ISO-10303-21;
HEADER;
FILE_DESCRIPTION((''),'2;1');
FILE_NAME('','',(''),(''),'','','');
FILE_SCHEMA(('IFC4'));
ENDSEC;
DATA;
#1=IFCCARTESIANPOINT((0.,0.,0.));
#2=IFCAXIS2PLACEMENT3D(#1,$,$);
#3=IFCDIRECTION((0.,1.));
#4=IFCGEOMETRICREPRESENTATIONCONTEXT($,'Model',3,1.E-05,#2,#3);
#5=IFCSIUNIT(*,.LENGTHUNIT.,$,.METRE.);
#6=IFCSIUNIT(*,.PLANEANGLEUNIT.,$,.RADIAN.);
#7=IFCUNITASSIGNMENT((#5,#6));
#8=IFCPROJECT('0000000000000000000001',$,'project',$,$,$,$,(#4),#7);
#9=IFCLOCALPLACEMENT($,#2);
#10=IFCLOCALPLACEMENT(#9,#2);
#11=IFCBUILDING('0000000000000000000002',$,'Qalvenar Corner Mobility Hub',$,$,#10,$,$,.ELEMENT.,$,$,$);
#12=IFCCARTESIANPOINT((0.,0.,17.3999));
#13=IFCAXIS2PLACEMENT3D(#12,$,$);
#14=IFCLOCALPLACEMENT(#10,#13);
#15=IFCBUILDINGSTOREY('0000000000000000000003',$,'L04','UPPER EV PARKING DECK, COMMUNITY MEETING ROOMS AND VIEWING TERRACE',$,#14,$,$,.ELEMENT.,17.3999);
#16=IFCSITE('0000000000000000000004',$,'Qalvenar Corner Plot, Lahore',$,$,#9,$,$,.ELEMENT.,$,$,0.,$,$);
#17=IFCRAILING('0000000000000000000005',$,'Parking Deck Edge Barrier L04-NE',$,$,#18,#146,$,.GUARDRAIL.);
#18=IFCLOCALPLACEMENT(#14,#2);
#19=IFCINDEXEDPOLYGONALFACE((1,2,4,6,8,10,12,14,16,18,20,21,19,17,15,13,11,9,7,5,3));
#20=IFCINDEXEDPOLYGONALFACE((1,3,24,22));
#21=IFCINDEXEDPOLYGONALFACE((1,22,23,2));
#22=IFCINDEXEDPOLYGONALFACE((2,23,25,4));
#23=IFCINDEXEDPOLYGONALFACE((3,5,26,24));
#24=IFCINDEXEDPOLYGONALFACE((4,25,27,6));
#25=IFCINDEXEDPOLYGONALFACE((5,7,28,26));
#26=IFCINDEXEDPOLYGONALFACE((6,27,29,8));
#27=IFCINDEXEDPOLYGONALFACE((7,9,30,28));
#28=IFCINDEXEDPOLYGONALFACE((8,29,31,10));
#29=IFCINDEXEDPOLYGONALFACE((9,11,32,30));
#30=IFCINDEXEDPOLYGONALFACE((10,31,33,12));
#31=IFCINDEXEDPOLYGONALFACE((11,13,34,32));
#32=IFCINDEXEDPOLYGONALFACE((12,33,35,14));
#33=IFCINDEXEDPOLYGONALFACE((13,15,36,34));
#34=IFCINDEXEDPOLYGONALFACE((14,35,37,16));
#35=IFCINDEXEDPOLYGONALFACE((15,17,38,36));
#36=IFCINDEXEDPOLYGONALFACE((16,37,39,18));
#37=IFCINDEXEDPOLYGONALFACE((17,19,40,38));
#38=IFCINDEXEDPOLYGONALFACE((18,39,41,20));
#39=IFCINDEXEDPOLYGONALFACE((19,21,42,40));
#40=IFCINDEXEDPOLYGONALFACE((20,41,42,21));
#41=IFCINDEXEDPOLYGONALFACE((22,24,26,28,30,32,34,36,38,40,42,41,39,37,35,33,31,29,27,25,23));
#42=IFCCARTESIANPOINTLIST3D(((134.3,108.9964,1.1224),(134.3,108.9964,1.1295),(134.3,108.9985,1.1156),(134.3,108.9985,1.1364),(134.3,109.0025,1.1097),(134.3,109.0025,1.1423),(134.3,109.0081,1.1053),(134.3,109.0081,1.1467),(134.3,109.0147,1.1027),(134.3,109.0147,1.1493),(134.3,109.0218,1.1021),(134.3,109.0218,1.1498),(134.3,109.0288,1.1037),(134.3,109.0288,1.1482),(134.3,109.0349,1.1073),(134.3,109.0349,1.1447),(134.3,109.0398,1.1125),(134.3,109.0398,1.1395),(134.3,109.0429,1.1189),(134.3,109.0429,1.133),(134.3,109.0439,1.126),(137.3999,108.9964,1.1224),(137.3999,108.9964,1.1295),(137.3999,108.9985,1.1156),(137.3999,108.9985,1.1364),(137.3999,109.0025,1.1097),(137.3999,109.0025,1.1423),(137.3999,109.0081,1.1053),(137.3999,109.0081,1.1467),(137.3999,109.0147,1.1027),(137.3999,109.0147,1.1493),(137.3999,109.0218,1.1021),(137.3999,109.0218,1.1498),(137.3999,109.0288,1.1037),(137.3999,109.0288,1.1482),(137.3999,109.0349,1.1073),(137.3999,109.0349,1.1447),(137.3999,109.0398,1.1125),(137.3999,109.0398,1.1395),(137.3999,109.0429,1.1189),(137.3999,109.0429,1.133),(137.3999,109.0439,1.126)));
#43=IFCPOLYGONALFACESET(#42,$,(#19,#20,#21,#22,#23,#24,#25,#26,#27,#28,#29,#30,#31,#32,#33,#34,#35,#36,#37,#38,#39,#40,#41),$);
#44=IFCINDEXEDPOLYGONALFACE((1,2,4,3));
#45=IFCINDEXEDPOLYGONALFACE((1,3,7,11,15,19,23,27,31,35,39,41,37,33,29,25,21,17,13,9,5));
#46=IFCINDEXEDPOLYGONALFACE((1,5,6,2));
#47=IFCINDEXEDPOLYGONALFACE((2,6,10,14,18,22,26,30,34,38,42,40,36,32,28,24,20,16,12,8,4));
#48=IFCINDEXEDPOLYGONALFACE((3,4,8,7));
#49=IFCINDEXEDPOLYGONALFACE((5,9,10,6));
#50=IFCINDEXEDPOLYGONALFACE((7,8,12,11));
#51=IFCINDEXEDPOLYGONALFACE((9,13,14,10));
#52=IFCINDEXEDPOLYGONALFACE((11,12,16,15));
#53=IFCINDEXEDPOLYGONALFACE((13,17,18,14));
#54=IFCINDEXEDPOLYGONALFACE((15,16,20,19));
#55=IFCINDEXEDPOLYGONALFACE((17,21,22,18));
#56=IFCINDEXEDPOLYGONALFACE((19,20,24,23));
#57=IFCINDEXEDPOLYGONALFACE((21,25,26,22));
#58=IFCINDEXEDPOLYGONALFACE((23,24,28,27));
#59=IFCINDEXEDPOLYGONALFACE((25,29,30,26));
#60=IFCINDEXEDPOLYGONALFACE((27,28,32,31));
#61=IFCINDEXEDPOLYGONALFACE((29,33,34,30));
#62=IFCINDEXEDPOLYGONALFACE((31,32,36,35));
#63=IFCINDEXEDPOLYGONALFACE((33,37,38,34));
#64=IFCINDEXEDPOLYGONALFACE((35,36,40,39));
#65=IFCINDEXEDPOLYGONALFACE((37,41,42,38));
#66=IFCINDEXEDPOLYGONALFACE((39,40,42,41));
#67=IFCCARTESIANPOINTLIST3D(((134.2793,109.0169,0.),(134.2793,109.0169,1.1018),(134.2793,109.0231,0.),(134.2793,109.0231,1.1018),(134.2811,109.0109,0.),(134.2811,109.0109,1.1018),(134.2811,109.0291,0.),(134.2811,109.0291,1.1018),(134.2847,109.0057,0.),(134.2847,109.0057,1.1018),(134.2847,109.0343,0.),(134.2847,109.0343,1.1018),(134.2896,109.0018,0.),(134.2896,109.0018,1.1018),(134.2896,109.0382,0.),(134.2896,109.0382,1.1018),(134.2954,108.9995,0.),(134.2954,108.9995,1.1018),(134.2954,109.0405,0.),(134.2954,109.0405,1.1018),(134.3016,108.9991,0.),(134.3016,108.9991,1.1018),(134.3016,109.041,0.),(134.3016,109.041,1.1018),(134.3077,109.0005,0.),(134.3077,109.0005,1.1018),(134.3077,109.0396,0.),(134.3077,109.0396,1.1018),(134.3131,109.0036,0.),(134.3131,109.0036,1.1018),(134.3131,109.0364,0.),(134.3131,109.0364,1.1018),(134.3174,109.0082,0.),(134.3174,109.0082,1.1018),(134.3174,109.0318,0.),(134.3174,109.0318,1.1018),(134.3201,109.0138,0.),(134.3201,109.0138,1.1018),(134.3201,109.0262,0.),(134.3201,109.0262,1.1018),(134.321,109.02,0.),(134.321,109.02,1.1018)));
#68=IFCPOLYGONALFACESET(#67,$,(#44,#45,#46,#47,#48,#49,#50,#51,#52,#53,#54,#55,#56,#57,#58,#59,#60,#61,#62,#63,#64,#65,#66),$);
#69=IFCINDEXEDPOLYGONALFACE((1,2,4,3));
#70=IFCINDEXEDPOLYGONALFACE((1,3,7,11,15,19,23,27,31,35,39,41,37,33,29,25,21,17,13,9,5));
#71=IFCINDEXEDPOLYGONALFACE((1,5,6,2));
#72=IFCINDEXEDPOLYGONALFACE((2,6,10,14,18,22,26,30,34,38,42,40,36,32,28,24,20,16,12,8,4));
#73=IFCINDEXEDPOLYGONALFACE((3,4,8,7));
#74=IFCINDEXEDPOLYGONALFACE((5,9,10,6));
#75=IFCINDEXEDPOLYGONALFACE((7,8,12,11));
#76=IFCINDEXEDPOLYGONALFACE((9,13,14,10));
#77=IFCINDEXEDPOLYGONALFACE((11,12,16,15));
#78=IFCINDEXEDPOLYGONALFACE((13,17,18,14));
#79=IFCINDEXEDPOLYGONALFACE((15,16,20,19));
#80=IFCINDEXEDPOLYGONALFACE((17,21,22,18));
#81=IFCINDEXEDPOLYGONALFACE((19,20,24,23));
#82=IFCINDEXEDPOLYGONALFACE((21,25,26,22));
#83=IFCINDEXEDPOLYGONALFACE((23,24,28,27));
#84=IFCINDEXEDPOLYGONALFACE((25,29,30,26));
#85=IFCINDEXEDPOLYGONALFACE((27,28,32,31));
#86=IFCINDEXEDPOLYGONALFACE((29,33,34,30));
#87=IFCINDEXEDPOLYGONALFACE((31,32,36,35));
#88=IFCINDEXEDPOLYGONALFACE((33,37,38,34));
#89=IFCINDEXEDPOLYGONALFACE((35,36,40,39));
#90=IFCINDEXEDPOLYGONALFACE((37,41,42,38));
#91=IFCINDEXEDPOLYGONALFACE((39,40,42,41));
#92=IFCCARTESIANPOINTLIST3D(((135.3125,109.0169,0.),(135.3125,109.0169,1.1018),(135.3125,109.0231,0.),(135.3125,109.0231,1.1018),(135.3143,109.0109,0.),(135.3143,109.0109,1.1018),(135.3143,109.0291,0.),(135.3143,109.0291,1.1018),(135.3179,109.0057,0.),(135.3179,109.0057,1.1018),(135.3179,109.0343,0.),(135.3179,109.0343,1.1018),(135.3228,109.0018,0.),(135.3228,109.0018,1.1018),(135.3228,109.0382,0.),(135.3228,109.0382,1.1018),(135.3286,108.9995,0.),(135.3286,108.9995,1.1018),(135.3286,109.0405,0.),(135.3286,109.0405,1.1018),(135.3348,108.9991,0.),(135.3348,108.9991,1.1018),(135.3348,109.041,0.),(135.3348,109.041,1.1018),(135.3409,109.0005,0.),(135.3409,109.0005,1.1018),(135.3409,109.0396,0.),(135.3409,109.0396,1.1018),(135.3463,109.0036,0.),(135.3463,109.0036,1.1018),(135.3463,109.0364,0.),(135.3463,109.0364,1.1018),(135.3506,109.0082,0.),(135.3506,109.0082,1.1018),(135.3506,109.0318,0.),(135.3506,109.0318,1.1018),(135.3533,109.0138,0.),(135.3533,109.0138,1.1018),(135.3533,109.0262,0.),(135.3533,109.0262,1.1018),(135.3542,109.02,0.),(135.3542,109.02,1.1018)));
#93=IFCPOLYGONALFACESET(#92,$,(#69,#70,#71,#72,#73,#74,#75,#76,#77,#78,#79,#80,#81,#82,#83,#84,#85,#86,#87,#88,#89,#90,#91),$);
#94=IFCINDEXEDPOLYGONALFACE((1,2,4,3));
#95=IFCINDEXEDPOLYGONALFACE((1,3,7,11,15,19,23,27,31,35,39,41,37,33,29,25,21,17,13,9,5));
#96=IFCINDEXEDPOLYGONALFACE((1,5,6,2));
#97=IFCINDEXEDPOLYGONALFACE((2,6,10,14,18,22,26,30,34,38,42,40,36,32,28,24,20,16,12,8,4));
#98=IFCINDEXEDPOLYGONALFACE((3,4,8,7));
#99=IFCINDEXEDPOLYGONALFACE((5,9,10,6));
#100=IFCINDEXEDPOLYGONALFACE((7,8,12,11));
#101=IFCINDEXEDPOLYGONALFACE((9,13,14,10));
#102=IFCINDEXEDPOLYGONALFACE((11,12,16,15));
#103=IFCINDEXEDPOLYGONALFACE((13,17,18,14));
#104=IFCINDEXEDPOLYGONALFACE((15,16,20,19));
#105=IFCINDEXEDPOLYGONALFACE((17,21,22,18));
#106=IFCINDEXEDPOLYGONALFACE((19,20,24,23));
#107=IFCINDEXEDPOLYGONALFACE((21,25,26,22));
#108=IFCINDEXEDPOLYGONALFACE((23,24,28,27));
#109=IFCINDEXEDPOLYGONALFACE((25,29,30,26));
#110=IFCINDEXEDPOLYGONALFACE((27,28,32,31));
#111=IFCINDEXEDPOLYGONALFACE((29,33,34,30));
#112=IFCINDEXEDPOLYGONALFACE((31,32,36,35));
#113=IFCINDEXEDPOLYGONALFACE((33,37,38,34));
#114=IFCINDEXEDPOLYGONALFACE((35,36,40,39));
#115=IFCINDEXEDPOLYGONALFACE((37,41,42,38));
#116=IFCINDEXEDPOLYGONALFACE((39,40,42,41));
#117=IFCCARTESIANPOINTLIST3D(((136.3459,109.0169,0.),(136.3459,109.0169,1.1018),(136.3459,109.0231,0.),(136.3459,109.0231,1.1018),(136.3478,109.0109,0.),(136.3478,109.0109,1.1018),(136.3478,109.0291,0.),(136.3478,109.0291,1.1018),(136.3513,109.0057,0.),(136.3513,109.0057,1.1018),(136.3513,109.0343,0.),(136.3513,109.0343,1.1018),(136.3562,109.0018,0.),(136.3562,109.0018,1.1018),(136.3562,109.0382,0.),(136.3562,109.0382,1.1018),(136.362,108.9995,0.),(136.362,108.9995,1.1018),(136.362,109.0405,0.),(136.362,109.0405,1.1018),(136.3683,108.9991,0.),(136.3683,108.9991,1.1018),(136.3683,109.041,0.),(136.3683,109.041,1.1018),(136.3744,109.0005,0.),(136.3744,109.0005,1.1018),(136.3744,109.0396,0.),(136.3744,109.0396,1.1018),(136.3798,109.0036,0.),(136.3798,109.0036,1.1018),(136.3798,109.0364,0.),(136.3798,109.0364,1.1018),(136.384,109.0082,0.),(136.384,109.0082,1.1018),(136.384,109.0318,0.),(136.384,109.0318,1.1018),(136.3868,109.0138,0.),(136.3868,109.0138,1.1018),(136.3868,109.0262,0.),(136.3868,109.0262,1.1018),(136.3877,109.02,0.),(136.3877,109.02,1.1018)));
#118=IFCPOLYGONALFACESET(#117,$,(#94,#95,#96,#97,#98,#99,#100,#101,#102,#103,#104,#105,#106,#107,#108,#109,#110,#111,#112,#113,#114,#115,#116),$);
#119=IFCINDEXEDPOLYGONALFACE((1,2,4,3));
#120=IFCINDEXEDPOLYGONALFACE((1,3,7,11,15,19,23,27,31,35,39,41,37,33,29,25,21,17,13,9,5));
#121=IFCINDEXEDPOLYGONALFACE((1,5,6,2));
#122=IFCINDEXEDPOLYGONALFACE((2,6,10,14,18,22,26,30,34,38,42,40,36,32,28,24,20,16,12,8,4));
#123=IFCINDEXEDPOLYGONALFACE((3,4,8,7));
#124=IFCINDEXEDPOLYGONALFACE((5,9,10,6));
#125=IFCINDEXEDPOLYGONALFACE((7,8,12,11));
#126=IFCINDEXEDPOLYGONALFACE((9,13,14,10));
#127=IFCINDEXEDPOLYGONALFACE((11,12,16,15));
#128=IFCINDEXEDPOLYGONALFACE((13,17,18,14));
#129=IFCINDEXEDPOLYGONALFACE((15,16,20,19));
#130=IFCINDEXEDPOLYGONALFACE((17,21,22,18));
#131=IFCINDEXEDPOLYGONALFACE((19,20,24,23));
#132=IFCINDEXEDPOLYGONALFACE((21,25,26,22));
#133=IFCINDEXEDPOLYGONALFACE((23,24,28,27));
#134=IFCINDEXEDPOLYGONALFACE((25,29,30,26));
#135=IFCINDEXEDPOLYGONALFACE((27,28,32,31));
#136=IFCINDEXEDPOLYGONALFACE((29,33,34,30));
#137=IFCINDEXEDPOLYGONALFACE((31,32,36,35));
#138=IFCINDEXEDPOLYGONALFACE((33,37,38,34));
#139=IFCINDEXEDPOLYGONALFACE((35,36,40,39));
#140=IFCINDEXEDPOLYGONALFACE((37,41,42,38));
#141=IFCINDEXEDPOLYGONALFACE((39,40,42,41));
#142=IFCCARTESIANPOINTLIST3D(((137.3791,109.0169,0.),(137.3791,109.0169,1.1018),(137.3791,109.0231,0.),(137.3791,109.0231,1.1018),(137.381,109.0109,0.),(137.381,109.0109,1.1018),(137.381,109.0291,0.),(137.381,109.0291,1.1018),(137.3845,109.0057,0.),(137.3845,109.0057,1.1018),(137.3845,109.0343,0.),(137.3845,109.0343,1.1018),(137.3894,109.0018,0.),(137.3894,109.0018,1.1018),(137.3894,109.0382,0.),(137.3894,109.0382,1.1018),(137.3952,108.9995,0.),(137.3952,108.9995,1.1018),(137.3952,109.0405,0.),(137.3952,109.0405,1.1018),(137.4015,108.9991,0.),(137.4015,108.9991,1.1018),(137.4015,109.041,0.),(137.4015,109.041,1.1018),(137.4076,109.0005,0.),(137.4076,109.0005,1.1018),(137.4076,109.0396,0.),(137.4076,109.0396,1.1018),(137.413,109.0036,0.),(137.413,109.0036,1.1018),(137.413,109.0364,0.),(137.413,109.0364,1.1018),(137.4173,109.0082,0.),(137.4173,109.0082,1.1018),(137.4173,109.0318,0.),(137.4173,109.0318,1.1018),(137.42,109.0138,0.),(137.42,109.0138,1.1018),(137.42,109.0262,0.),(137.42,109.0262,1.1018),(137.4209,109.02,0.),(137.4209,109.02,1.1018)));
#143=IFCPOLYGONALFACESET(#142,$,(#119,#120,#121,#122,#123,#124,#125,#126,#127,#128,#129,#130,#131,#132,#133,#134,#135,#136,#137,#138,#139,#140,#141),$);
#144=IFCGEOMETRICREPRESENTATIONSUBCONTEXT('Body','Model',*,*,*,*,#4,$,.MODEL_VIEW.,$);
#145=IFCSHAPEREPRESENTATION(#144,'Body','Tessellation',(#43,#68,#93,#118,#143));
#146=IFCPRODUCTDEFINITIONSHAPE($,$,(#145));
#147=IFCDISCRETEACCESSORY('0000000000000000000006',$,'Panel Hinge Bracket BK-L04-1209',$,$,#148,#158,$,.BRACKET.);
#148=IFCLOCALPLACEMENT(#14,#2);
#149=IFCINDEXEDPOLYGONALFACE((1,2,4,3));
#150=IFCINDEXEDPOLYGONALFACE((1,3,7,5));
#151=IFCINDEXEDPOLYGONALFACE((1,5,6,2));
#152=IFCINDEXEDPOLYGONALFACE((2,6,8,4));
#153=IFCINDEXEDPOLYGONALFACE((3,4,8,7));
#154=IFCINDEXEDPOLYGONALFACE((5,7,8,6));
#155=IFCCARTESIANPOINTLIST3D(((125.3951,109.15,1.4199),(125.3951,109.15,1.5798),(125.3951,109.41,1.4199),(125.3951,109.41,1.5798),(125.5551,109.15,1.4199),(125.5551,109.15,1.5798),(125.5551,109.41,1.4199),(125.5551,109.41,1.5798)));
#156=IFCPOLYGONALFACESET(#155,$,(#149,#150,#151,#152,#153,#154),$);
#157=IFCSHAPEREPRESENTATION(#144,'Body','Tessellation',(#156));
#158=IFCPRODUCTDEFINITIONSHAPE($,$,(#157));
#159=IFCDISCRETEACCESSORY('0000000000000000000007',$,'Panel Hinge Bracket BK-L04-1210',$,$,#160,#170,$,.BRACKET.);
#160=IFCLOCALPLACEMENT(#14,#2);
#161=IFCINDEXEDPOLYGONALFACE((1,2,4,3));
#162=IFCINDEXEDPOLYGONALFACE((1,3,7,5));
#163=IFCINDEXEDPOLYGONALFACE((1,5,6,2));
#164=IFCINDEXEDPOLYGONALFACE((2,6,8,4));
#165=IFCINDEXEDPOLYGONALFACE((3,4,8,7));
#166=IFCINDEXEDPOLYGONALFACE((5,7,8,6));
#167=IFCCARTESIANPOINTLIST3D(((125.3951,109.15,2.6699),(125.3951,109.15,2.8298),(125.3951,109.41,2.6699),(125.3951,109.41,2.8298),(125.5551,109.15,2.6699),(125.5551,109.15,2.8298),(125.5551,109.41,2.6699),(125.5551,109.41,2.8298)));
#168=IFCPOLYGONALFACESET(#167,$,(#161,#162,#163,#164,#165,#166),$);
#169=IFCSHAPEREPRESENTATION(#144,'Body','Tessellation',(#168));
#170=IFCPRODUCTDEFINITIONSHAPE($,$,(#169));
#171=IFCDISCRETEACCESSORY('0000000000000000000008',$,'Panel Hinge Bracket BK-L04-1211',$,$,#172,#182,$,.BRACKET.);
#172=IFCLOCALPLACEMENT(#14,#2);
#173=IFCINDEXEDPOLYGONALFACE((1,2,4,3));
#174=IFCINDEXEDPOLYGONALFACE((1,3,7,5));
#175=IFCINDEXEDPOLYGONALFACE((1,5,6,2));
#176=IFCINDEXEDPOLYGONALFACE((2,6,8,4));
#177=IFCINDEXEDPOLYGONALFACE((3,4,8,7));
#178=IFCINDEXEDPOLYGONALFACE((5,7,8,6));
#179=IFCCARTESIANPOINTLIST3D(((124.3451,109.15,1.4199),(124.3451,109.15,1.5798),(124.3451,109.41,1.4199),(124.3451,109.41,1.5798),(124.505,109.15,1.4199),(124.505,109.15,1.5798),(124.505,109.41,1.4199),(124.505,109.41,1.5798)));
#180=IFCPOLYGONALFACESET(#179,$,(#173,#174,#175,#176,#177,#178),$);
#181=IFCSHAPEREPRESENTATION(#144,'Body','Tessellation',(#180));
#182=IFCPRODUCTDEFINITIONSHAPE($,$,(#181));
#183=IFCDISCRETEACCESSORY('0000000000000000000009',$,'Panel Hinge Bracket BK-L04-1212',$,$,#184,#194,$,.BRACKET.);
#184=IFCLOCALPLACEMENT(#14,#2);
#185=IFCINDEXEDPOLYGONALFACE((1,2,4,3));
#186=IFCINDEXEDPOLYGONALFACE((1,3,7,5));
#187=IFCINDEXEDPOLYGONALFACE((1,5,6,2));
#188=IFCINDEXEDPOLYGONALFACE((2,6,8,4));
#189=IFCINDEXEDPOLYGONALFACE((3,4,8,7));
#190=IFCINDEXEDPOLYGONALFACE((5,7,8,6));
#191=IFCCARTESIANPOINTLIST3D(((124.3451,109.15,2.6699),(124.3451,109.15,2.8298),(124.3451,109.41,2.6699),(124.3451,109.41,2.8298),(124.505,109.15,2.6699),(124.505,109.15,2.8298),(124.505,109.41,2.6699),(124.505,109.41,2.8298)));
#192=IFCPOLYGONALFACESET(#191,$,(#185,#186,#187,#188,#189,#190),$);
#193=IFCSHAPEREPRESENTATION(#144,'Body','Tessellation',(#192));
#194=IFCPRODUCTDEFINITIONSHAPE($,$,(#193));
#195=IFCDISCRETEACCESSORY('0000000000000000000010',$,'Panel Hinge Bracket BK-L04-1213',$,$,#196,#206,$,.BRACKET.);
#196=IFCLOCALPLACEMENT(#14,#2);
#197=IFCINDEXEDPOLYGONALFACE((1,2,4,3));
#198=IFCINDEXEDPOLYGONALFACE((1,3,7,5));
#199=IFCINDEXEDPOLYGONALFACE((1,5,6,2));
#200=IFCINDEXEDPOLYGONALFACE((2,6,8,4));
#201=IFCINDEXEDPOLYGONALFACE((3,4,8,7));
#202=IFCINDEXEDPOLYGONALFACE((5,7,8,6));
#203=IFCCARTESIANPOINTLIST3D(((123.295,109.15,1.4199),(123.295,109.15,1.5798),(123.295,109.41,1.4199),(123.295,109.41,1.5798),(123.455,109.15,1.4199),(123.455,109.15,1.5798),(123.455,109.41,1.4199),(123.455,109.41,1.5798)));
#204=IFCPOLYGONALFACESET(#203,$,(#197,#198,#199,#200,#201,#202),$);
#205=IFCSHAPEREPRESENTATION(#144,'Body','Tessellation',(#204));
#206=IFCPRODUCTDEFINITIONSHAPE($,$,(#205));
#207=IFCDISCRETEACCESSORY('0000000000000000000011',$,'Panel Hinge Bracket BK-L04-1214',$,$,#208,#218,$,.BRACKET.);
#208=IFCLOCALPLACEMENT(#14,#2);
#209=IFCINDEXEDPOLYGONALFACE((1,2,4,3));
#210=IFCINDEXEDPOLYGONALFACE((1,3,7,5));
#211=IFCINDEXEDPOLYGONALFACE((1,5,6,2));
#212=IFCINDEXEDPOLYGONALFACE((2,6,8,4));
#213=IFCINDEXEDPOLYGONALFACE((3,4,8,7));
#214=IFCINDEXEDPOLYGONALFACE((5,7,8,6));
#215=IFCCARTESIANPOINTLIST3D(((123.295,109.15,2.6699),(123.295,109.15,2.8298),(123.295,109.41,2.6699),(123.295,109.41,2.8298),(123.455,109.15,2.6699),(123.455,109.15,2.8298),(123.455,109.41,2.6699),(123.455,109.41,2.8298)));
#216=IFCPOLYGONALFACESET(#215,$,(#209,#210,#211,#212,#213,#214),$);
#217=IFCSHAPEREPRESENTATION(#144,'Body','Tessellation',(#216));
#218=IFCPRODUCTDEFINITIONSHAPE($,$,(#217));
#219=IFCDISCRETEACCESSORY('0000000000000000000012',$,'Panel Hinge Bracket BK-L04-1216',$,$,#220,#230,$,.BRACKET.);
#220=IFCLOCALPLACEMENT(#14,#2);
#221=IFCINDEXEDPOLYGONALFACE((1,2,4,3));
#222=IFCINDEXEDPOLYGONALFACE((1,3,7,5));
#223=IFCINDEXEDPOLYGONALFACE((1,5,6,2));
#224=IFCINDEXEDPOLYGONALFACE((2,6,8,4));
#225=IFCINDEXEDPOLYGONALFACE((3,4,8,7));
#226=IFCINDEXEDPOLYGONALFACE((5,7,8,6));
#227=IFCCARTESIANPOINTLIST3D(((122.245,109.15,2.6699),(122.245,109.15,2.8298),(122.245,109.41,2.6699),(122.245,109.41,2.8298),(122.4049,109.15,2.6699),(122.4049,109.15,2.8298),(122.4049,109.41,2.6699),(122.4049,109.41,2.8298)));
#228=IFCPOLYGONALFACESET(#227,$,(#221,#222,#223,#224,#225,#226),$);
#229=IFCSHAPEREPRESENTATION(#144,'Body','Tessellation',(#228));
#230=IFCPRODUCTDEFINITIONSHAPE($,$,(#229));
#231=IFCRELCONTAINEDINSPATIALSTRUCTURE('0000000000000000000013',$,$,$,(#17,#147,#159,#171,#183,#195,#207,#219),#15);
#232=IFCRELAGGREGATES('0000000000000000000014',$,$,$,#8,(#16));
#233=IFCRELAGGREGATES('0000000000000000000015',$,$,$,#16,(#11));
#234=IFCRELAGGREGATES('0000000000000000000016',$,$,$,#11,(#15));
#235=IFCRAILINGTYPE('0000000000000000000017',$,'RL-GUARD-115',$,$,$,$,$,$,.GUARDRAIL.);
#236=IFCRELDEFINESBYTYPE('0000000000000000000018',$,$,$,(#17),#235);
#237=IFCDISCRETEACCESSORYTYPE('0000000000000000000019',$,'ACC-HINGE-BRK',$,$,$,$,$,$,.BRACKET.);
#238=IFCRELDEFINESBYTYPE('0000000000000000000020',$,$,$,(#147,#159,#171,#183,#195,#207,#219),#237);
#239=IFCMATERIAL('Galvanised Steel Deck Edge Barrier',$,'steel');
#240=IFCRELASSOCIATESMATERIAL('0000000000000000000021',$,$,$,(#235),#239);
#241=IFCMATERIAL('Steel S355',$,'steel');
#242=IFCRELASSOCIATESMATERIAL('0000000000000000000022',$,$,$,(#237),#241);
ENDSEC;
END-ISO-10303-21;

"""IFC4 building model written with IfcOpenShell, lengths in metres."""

from ifc_helpers import new_model, si_unit, direction, frame, origin, origin_2d, place, context, subcontext, project, spatial, rectangle, circle, extrude, material, type_object, element, save


model = new_model("IFC4")

# Units and contexts
model_context = context("Model", 3, precision=1e-05, world=origin(), true_north=direction((0.0, 1.0)))
body_context = subcontext(model_context, "Body", "Model", "MODEL_VIEW")
ifc_project = project(units=[si_unit("LENGTHUNIT", "METRE"), si_unit("PLANEANGLEUNIT", "RADIAN")], contexts=[model_context])

# Site, building, storey
site_placement = place(None, origin())
site = spatial("IfcSite", under=ifc_project, at=site_placement, Name="Qalvenar Corner Plot, Lahore", CompositionType="ELEMENT", RefElevation=0.0)
building_placement = place(site_placement, origin())
building = spatial("IfcBuilding", under=site, at=building_placement, Name="Qalvenar Corner Mobility Hub", CompositionType="ELEMENT")
storey_placement = place(building_placement, frame((0.0, 0.0, 17.3999)))
storey = spatial("IfcBuildingStorey", under=building, at=storey_placement, Name="L04", Description="UPPER EV PARKING DECK, COMMUNITY MEETING ROOMS AND VIEWING TERRACE", CompositionType="ELEMENT", Elevation=17.3999)

# Shared definitions
ifc_material_1 = material(Name="Steel S355", Category="steel")

# Railing
ifc_material_2 = material(Name="Galvanised Steel Deck Edge Barrier", Category="steel")
railing_type = type_object("IfcRailingType", Name="RL-GUARD-115", PredefinedType="GUARDRAIL", material=ifc_material_2)
railing_placement = place(storey_placement, frame((134.3, 109.02, 0.0)))
element("IfcRailing", 1, at=railing_placement, inside=storey, type_object=railing_type, Name="Parking Deck Edge Barrier L04-NE", PredefinedType="GUARDRAIL", context=body_context, shape_type="SweptSolid", body=[
    extrude(circle(Radius=0.0239, at=origin_2d()), frame((0.0, 0.0, 1.126), z_axis=(1.0, 0.0, 0.0), x_axis=(0.0, 1.0, 0.0)), (0.0, 0.0, 1.0), 3.0999),
    extrude(circle(Radius=0.021, at=origin_2d()), origin(), (0.0, 0.0, 1.0), 1.1018),
    extrude(circle(Radius=0.021, at=origin_2d()), frame((1.0332, 0.0, 0.0)), (0.0, 0.0, 1.0), 1.1018),
    extrude(circle(Radius=0.021, at=origin_2d()), frame((2.0667, 0.0, 0.0)), (0.0, 0.0, 1.0), 1.1018),
    extrude(circle(Radius=0.021, at=origin_2d()), frame((3.0999, 0.0, 0.0)), (0.0, 0.0, 1.0), 1.1018),
])

# Discrete accessories
discrete_accessory_type = type_object("IfcDiscreteAccessoryType", Name="ACC-HINGE-BRK", PredefinedType="BRACKET", material=ifc_material_1)
for number, where, z_axis, x_axis, name in (
    (2, (125.4751, 109.28, 1.4199), (0.0, 0.0, 1.0), (-1.0, 0.0, 0.0), "Panel Hinge Bracket BK-L04-1209"),
    (3, (125.4751, 109.28, 2.6699), (0.0, 0.0, 1.0), (-1.0, 0.0, 0.0), "Panel Hinge Bracket BK-L04-1210"),
    (4, (124.425, 109.28, 1.4199), (0.0, 0.0, 1.0), (-1.0, 0.0, 0.0), "Panel Hinge Bracket BK-L04-1211"),
    (5, (124.425, 109.28, 2.6699), (0.0, 0.0, 1.0), (-1.0, 0.0, 0.0), "Panel Hinge Bracket BK-L04-1212"),
    (6, (123.375, 109.28, 1.4199), (0.0, 0.0, 1.0), (-1.0, 0.0, 0.0), "Panel Hinge Bracket BK-L04-1213"),
    (7, (123.375, 109.28, 2.6699), (0.0, 0.0, 1.0), (-1.0, 0.0, 0.0), "Panel Hinge Bracket BK-L04-1214"),
    (8, (122.325, 109.28, 2.6699), (0.0, 0.0, 1.0), (-1.0, 0.0, 0.0), "Panel Hinge Bracket BK-L04-1216"),
):
    element("IfcDiscreteAccessory", number, at=place(storey_placement, frame(where, z_axis=z_axis, x_axis=x_axis)), inside=storey, type_object=discrete_accessory_type, Name=name, PredefinedType="BRACKET", context=body_context, shape_type="SweptSolid", body=[
        extrude(rectangle(XDim=0.1599, YDim=0.26, at=origin_2d()), origin(), (0.0, 0.0, 1.0), 0.1599),
    ])

save(model, "model.ifc")
